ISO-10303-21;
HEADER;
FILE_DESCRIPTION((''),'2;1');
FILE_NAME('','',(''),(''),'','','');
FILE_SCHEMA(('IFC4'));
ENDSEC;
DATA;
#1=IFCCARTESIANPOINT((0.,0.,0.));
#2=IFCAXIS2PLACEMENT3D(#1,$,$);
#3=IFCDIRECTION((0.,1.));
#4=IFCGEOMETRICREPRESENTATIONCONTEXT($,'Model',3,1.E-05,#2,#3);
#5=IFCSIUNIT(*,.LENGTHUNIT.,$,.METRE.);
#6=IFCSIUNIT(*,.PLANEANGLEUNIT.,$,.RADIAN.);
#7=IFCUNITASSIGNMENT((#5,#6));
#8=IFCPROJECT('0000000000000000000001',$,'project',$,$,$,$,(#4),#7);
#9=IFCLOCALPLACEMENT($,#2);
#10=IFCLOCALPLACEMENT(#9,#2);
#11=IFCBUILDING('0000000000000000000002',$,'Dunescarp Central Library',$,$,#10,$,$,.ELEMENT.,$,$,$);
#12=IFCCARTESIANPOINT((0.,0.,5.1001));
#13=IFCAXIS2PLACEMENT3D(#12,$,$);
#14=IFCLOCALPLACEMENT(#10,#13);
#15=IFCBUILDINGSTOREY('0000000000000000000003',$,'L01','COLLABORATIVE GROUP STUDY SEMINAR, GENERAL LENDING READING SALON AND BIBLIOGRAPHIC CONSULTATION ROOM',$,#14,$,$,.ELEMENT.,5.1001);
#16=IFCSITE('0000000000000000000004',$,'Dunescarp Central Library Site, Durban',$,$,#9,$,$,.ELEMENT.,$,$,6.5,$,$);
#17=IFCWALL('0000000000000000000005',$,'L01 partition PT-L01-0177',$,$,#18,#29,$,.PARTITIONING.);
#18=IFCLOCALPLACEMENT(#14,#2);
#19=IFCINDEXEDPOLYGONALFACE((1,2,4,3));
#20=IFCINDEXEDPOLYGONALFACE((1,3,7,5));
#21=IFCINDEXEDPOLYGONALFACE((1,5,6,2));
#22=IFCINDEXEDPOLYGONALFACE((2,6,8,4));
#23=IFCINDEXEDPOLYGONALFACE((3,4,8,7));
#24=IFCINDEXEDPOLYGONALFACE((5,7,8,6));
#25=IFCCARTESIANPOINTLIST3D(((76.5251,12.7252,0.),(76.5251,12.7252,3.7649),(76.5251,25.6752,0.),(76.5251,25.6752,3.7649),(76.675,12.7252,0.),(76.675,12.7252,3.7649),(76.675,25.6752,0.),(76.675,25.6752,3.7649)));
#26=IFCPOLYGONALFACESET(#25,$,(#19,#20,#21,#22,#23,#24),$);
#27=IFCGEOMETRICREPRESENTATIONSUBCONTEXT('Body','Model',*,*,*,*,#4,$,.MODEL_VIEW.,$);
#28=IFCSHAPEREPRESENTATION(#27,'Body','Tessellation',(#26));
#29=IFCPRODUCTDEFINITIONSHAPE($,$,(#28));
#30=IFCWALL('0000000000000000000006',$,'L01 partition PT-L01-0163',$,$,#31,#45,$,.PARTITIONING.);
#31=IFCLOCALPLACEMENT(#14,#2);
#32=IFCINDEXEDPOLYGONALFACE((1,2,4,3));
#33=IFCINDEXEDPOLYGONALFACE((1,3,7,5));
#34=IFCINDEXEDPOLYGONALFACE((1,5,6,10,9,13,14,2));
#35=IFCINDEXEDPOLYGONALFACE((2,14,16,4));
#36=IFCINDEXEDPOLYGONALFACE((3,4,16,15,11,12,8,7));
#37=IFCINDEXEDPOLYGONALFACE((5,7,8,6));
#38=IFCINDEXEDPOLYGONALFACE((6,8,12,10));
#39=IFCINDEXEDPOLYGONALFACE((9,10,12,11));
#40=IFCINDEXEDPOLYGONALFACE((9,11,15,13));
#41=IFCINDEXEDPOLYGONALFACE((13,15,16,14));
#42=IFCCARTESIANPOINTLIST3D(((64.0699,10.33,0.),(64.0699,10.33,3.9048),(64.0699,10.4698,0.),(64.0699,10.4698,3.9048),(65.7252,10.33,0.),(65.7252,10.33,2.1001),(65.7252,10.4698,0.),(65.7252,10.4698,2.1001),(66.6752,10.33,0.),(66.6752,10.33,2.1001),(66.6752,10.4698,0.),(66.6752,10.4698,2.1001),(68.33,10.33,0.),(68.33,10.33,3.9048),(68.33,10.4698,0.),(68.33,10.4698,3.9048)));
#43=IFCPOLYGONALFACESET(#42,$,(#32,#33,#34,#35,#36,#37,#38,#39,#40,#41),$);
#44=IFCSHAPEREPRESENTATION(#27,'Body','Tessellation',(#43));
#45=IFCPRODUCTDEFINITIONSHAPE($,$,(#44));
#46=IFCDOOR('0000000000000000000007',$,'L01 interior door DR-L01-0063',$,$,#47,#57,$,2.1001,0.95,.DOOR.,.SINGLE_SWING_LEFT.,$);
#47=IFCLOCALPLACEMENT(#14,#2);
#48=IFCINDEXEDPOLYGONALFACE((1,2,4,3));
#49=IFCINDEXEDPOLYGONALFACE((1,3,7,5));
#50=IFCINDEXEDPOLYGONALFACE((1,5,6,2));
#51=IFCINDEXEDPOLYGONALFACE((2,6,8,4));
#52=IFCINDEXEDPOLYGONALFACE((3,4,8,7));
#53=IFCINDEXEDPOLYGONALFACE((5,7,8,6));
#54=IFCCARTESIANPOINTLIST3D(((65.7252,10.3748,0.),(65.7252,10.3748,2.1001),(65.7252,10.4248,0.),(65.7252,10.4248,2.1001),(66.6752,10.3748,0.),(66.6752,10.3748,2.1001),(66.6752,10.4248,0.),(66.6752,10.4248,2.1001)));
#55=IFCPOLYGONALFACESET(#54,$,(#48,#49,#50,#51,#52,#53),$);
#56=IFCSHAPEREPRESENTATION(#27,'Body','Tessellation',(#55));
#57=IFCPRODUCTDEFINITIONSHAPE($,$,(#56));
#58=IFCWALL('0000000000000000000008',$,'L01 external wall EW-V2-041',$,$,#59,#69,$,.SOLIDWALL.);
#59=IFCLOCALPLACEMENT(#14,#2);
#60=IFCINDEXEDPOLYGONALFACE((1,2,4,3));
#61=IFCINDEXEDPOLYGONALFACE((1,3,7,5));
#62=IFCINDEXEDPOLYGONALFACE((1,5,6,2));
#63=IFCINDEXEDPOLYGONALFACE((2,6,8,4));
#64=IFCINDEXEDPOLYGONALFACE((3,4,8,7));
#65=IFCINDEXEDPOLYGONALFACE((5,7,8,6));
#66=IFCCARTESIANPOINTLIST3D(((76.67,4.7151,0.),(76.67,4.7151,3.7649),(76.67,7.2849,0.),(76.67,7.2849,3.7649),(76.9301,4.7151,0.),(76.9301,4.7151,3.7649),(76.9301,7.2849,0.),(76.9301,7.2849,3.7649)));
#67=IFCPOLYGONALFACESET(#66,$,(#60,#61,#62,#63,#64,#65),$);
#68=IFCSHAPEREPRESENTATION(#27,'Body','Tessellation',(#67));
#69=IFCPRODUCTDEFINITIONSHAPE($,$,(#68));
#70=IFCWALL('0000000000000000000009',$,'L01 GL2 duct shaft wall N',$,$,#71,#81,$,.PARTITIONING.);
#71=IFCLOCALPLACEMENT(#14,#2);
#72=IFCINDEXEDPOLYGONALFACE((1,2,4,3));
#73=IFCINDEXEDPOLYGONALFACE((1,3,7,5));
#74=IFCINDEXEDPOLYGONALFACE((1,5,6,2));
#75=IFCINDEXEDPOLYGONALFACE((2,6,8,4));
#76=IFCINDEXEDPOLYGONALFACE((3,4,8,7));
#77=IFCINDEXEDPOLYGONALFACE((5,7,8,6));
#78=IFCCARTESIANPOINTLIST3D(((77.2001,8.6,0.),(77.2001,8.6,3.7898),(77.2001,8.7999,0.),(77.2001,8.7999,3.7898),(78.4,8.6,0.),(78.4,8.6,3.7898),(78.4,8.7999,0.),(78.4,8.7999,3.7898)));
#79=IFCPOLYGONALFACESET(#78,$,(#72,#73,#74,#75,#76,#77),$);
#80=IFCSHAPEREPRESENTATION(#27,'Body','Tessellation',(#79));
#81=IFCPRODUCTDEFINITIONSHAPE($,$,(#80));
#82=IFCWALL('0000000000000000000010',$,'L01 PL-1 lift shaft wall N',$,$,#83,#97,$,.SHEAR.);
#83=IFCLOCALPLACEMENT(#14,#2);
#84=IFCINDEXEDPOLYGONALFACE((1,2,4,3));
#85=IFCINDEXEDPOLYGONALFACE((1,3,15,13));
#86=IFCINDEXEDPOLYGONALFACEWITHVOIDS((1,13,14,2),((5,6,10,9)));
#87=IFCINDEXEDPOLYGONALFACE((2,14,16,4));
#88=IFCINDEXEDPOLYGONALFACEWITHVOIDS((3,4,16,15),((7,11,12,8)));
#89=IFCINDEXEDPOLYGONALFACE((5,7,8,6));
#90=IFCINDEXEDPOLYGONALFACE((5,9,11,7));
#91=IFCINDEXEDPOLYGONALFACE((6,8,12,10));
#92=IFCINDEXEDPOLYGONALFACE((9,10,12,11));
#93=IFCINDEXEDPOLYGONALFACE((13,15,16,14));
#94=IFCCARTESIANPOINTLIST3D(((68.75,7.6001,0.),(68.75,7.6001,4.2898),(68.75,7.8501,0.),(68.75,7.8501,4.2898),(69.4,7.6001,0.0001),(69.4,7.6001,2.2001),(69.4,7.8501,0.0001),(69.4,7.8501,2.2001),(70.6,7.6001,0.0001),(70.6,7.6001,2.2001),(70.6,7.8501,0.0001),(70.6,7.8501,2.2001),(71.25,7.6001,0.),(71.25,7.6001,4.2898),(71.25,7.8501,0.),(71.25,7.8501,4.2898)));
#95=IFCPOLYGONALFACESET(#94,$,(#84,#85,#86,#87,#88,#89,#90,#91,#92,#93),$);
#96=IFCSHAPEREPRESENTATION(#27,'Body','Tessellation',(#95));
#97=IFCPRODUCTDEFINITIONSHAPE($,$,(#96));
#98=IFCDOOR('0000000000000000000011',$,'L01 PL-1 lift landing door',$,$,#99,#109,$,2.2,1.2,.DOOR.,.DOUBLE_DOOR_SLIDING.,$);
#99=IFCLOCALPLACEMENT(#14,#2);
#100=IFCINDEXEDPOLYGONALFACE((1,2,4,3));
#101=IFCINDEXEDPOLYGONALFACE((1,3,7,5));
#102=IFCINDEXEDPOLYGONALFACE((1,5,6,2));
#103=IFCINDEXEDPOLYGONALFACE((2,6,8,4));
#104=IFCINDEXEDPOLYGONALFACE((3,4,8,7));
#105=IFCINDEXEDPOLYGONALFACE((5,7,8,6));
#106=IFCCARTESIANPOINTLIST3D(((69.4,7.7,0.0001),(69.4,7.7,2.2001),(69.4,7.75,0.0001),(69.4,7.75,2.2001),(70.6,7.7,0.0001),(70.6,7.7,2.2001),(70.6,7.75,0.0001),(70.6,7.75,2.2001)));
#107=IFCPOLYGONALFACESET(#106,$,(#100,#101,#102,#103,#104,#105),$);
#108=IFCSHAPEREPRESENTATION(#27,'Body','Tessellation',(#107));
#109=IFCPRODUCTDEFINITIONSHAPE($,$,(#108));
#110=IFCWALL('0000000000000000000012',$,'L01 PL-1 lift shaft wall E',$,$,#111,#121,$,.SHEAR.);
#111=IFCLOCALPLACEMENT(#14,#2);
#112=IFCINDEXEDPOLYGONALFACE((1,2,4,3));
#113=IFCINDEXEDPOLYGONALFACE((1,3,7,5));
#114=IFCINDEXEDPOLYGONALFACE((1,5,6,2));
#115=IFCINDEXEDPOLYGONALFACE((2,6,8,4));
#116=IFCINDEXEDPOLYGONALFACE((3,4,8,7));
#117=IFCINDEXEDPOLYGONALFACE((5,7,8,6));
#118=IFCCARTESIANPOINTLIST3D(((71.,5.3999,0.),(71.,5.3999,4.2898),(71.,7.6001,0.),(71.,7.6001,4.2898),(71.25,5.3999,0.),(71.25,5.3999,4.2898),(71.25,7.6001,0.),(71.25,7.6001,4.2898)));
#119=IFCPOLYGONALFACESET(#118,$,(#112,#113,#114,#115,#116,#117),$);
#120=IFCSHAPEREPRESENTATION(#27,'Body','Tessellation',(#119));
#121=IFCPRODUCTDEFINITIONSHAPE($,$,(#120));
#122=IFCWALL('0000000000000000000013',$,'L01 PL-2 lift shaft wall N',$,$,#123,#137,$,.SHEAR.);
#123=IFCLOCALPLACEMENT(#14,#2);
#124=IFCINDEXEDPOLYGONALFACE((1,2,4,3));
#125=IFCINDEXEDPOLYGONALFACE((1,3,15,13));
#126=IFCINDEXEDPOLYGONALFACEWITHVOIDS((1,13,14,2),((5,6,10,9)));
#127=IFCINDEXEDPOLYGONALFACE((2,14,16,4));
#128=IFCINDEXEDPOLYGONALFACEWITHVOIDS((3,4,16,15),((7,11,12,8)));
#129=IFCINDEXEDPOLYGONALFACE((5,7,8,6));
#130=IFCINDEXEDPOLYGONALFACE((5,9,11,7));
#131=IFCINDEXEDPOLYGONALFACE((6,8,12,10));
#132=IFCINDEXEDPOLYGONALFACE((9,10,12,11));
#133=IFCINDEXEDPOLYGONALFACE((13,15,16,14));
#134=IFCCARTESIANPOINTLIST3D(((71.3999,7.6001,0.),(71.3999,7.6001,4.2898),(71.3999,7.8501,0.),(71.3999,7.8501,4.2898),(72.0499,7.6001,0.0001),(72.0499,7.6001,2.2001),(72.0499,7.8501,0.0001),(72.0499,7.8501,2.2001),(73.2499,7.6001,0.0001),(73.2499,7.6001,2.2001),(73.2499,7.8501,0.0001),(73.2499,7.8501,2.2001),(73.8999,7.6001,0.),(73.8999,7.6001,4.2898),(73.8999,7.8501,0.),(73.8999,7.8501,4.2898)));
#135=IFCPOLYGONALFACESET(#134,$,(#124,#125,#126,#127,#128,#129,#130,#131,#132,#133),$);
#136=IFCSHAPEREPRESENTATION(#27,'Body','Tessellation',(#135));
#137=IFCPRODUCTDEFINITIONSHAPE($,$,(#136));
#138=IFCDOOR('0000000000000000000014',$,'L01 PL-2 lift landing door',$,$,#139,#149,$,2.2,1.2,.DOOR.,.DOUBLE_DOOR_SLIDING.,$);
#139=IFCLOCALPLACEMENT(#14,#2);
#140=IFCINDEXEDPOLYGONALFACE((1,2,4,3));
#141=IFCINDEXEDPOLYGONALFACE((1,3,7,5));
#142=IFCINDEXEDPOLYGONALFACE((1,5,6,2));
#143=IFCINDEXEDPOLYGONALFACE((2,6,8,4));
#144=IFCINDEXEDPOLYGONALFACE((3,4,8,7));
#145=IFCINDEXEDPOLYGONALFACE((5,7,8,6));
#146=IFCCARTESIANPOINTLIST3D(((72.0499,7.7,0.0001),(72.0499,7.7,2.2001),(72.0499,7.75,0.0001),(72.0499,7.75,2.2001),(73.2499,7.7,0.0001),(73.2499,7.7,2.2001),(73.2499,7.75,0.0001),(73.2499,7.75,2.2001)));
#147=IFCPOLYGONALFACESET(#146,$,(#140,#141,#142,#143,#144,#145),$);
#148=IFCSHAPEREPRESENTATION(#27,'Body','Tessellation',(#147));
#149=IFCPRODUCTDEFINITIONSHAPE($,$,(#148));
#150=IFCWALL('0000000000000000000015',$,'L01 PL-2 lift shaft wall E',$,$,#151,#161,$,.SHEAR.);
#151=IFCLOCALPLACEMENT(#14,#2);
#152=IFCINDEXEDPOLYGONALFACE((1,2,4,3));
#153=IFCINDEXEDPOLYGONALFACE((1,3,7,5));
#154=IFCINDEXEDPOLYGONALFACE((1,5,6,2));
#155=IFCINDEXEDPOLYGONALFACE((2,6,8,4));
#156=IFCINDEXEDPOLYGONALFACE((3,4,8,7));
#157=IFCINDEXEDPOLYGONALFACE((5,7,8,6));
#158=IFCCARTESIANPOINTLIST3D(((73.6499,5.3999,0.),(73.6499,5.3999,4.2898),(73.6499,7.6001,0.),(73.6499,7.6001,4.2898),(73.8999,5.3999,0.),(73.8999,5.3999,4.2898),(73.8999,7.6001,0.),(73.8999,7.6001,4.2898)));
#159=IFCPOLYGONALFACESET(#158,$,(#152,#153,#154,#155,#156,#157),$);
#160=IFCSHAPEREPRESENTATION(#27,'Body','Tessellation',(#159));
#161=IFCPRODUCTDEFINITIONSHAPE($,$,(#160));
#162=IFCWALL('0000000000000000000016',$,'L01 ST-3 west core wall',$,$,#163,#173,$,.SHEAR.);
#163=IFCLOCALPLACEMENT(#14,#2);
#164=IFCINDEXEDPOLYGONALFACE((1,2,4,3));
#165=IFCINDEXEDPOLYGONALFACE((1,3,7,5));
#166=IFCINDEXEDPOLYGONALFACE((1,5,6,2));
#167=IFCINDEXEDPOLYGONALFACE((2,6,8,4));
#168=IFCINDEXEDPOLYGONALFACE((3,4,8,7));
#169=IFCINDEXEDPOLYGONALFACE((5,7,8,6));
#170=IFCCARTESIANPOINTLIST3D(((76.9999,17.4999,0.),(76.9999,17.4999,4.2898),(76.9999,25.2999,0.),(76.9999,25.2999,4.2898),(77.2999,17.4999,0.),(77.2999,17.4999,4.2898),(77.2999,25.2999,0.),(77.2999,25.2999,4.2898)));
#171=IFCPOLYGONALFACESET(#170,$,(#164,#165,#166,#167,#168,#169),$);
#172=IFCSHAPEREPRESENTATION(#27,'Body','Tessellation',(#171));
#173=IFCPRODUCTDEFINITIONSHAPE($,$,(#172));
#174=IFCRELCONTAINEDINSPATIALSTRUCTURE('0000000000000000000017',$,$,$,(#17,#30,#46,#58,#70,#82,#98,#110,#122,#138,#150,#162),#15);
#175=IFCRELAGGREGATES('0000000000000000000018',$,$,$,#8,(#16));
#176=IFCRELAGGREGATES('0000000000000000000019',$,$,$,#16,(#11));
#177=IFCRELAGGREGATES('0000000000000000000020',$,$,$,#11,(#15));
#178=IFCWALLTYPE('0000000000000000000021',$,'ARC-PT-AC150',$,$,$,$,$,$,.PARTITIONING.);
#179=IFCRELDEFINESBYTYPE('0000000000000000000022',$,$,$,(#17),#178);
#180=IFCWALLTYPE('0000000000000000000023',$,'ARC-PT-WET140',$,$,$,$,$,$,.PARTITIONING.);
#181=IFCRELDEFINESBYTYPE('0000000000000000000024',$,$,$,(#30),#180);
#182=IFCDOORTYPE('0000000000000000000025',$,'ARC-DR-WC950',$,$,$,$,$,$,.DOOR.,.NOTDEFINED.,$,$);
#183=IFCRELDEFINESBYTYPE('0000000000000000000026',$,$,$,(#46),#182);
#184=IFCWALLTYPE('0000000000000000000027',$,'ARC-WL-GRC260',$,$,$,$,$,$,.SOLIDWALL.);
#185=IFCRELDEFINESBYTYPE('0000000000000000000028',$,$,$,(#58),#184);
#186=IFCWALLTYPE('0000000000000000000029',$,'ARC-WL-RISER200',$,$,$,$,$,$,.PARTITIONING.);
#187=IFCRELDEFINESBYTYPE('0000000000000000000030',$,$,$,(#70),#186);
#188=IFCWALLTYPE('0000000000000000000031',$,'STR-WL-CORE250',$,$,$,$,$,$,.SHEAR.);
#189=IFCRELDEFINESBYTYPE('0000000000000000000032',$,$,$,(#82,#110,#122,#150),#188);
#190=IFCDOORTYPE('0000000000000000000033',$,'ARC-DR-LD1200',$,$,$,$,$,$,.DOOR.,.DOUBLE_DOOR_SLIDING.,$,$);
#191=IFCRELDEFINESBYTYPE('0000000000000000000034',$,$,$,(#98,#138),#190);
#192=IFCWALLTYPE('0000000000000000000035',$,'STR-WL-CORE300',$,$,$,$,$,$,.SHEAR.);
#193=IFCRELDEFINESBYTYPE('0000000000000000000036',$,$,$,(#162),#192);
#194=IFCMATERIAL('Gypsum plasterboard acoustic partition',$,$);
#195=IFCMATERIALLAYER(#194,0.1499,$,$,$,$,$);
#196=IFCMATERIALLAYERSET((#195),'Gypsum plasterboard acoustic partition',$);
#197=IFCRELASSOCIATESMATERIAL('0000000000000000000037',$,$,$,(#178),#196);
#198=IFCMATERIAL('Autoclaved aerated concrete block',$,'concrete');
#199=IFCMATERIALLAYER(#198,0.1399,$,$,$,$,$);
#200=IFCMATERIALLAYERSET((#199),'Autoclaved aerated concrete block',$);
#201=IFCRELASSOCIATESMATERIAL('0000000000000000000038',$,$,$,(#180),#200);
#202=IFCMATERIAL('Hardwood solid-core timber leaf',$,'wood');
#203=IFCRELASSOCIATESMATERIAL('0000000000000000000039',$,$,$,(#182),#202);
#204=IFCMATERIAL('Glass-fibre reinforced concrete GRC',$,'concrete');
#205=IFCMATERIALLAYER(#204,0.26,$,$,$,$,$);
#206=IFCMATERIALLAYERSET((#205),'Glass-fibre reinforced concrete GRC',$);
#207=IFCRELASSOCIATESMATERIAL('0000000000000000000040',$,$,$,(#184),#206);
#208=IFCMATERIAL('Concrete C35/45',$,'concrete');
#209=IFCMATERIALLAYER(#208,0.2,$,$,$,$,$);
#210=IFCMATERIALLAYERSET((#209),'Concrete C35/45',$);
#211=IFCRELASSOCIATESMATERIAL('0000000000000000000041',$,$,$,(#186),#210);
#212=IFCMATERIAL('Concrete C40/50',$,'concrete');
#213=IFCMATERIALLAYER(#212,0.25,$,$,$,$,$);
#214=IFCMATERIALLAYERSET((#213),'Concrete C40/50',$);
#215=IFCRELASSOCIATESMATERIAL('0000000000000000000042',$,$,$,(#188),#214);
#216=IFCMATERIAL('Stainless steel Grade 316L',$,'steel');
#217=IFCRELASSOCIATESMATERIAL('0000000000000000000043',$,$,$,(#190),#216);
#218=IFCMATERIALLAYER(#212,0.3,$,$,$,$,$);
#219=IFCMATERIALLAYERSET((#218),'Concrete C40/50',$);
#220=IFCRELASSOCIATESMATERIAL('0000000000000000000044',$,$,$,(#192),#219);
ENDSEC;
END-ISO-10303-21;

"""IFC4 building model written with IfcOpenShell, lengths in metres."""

from ifc_helpers import new_model, si_unit, direction, frame, frame_2d, origin, place, context, subcontext, project, spatial, rectangle, extrude, material, layer, layer_set, type_object, element, fill, save


model = new_model("IFC4")

# Units and contexts
model_context = context("Model", 3, precision=1e-05, world=origin(), true_north=direction((0.0, 1.0)))
body_context = subcontext(model_context, "Body", "Model", "MODEL_VIEW")
ifc_project = project(units=[si_unit("LENGTHUNIT", "METRE"), si_unit("PLANEANGLEUNIT", "RADIAN")], contexts=[model_context])

# Site, building, storey
site_placement = place(None, origin())
site = spatial("IfcSite", under=ifc_project, at=site_placement, Name="Dunescarp Central Library Site, Durban", CompositionType="ELEMENT", RefElevation=6.5)
building_placement = place(site_placement, origin())
building = spatial("IfcBuilding", under=site, at=building_placement, Name="Dunescarp Central Library", CompositionType="ELEMENT")
storey_placement = place(building_placement, frame((0.0, 0.0, 5.1001)))
storey = spatial("IfcBuildingStorey", under=building, at=storey_placement, Name="L01", Description="COLLABORATIVE GROUP STUDY SEMINAR, GENERAL LENDING READING SALON AND BIBLIOGRAPHIC CONSULTATION ROOM", CompositionType="ELEMENT", Elevation=5.1001)

# Shared definitions
ifc_material_1 = material(Name="Gypsum plasterboard acoustic partition")
ifc_layer_1 = layer(ifc_material_1, 0.1499)
ifc_layer_set_1 = layer_set([ifc_layer_1], Name="Gypsum plasterboard acoustic partition")
wall_type_1 = type_object("IfcWallType", Name="ARC-PT-AC150", PredefinedType="PARTITIONING", material=ifc_layer_set_1)

# Shared definitions
ifc_material_2 = material(Name="Hardwood solid-core timber leaf", Category="wood")

# Wall
wall_1_placement = place(storey_placement, frame((76.6001, 12.7251, 0.0), z_axis=(0.0, 0.0, 1.0), x_axis=(0.0, 1.0, 0.0)))
element("IfcWall", 1, at=wall_1_placement, inside=storey, type_object=wall_type_1, Name="L01 partition PT-L01-0177", PredefinedType="PARTITIONING", context=body_context, shape_type="SweptSolid", body=[
    extrude(rectangle(XDim=12.95, YDim=0.1499, at=frame_2d((6.4751, 0.0))), origin(), (0.0, 0.0, 1.0), 3.7649),
])

# Wall, opening, door
ifc_material_3 = material(Name="Autoclaved aerated concrete block", Category="concrete")
ifc_layer_2 = layer(ifc_material_3, 0.1399)
ifc_layer_set_2 = layer_set([ifc_layer_2], Name="Autoclaved aerated concrete block")
wall_type_2 = type_object("IfcWallType", Name="ARC-PT-WET140", PredefinedType="PARTITIONING", material=ifc_layer_set_2)
wall_2_placement = place(storey_placement, frame((64.0701, 10.3999, 0.0), z_axis=(0.0, 0.0, 1.0), x_axis=(1.0, 0.0, 0.0)))
wall_2 = element("IfcWall", 2, at=wall_2_placement, inside=storey, type_object=wall_type_2, Name="L01 partition PT-L01-0163", PredefinedType="PARTITIONING", context=body_context, shape_type="SweptSolid", body=[
    extrude(rectangle(XDim=4.26, YDim=0.1399, at=frame_2d((2.1299, 0.0))), origin(), (0.0, 0.0, 1.0), 3.9048),
])
opening_1_placement = place(wall_2_placement, frame((1.655, 0.0, 0.0)))
opening_1 = element("IfcOpeningElement", 3, at=opening_1_placement, cuts=wall_2, PredefinedType="OPENING", context=body_context, shape_type="SweptSolid", body=[
    extrude(rectangle(XDim=0.95, YDim=2.1001, at=frame_2d((0.4751, 1.05))), frame((0.0, 0.0801, 0.0), z_axis=(0.0, -1.0, 0.0), x_axis=(1.0, 0.0, 0.0)), (0.0, 0.0, 1.0), 0.1599),
])
door_type_1 = type_object("IfcDoorType", Name="ARC-DR-WC950", OperationType="NOTDEFINED", PredefinedType="DOOR", material=ifc_material_2)
door_1_placement = place(opening_1_placement, origin())
door_1 = element("IfcDoor", 4, at=door_1_placement, inside=storey, type_object=door_type_1, Name="L01 interior door DR-L01-0063", OperationType="SINGLE_SWING_LEFT", OverallHeight=2.1001, OverallWidth=0.95, PredefinedType="DOOR", context=body_context, shape_type="SweptSolid", body=[
    extrude(rectangle(XDim=0.95, YDim=2.1001, at=frame_2d((0.4751, 1.05))), frame((0.0, 0.0249, 0.0), z_axis=(0.0, -1.0, 0.0), x_axis=(1.0, 0.0, 0.0)), (0.0, 0.0, 1.0), 0.05),
])
fill(opening_1, door_1)

# Walls
ifc_material_4 = material(Name="Glass-fibre reinforced concrete GRC", Category="concrete")
ifc_layer_3 = layer(ifc_material_4, 0.26)
ifc_layer_set_3 = layer_set([ifc_layer_3], Name="Glass-fibre reinforced concrete GRC")
wall_type_3 = type_object("IfcWallType", Name="ARC-WL-GRC260", PredefinedType="SOLIDWALL", material=ifc_layer_set_3)
wall_3_placement = place(storey_placement, frame((76.8, 7.2849, 0.0), z_axis=(0.0, 0.0, 1.0), x_axis=(0.0, -1.0, 0.0)))
element("IfcWall", 5, at=wall_3_placement, inside=storey, type_object=wall_type_3, Name="L01 external wall EW-V2-041", PredefinedType="SOLIDWALL", context=body_context, shape_type="SweptSolid", body=[
    extrude(rectangle(XDim=2.5698, YDim=0.26, at=frame_2d((1.2849, 0.0))), origin(), (0.0, 0.0, 1.0), 3.7649),
])
ifc_material_5 = material(Name="Concrete C35/45", Category="concrete")
ifc_layer_4 = layer(ifc_material_5, 0.2)
ifc_layer_set_4 = layer_set([ifc_layer_4], Name="Concrete C35/45")
wall_type_4 = type_object("IfcWallType", Name="ARC-WL-RISER200", PredefinedType="PARTITIONING", material=ifc_layer_set_4)
wall_4_placement = place(storey_placement, frame((77.2, 8.7, 0.0), z_axis=(0.0, 0.0, 1.0), x_axis=(1.0, 0.0, 0.0)))
element("IfcWall", 6, at=wall_4_placement, inside=storey, type_object=wall_type_4, Name="L01 GL2 duct shaft wall N", PredefinedType="PARTITIONING", context=body_context, shape_type="SweptSolid", body=[
    extrude(rectangle(XDim=1.2, YDim=0.2, at=frame_2d((0.6001, 0.0))), origin(), (0.0, 0.0, 1.0), 3.7898),
])

# Wall, opening, door
ifc_material_6 = material(Name="Concrete C40/50", Category="concrete")
ifc_layer_5 = layer(ifc_material_6, 0.25)
ifc_layer_set_5 = layer_set([ifc_layer_5], Name="Concrete C40/50")
wall_type_5 = type_object("IfcWallType", Name="STR-WL-CORE250", PredefinedType="SHEAR", material=ifc_layer_set_5)
wall_5_placement = place(storey_placement, frame((68.75, 7.7251, 0.0), z_axis=(0.0, 0.0, 1.0), x_axis=(1.0, 0.0, 0.0)))
wall_5 = element("IfcWall", 7, at=wall_5_placement, inside=storey, type_object=wall_type_5, Name="L01 PL-1 lift shaft wall N", PredefinedType="SHEAR", context=body_context, shape_type="SweptSolid", body=[
    extrude(rectangle(XDim=2.5, YDim=0.25, at=frame_2d((1.25, 0.0))), origin(), (0.0, 0.0, 1.0), 4.2898),
])
opening_2_placement = place(wall_5_placement, frame((0.6499, 0.0, 0.0)))
opening_2 = element("IfcOpeningElement", 8, at=opening_2_placement, cuts=wall_5, PredefinedType="OPENING", context=body_context, shape_type="SweptSolid", body=[
    extrude(rectangle(XDim=1.2, YDim=2.2, at=frame_2d((0.6001, 1.1001))), frame((0.0, 0.135, 0.0), z_axis=(0.0, -1.0, 0.0), x_axis=(1.0, 0.0, 0.0)), (0.0, 0.0, 1.0), 0.27),
])
ifc_material_7 = material(Name="Stainless steel Grade 316L", Category="steel")
door_type_2 = type_object("IfcDoorType", Name="ARC-DR-LD1200", OperationType="DOUBLE_DOOR_SLIDING", PredefinedType="DOOR", material=ifc_material_7)
door_2_placement = place(opening_2_placement, origin())
door_2 = element("IfcDoor", 9, at=door_2_placement, inside=storey, type_object=door_type_2, Name="L01 PL-1 lift landing door", OperationType="DOUBLE_DOOR_SLIDING", OverallHeight=2.2, OverallWidth=1.2, PredefinedType="DOOR", context=body_context, shape_type="SweptSolid", body=[
    extrude(rectangle(XDim=1.2, YDim=2.2, at=frame_2d((0.6001, 1.1001))), frame((0.0, 0.0249, 0.0), z_axis=(0.0, -1.0, 0.0), x_axis=(1.0, 0.0, 0.0)), (0.0, 0.0, 1.0), 0.05),
])
fill(opening_2, door_2)

# Wall
wall_6_placement = place(storey_placement, frame((71.125, 7.6001, 0.0), z_axis=(0.0, 0.0, 1.0), x_axis=(0.0, -1.0, 0.0)))
element("IfcWall", 10, at=wall_6_placement, inside=storey, type_object=wall_type_5, Name="L01 PL-1 lift shaft wall E", PredefinedType="SHEAR", context=body_context, shape_type="SweptSolid", body=[
    extrude(rectangle(XDim=2.2002, YDim=0.25, at=frame_2d((1.1001, 0.0))), origin(), (0.0, 0.0, 1.0), 4.2898),
])

# Wall, opening, door
wall_7_placement = place(storey_placement, frame((71.3999, 7.7251, 0.0), z_axis=(0.0, 0.0, 1.0), x_axis=(1.0, 0.0, 0.0)))
wall_7 = element("IfcWall", 11, at=wall_7_placement, inside=storey, type_object=wall_type_5, Name="L01 PL-2 lift shaft wall N", PredefinedType="SHEAR", context=body_context, shape_type="SweptSolid", body=[
    extrude(rectangle(XDim=2.5, YDim=0.25, at=frame_2d((1.25, 0.0))), origin(), (0.0, 0.0, 1.0), 4.2898),
])
opening_3_placement = place(wall_7_placement, frame((0.6499, 0.0, 0.0)))
opening_3 = element("IfcOpeningElement", 12, at=opening_3_placement, cuts=wall_7, PredefinedType="OPENING", context=body_context, shape_type="SweptSolid", body=[
    extrude(rectangle(XDim=1.2, YDim=2.2, at=frame_2d((0.6001, 1.1001))), frame((0.0, 0.135, 0.0), z_axis=(0.0, -1.0, 0.0), x_axis=(1.0, 0.0, 0.0)), (0.0, 0.0, 1.0), 0.27),
])
door_3_placement = place(opening_3_placement, origin())
door_3 = element("IfcDoor", 13, at=door_3_placement, inside=storey, type_object=door_type_2, Name="L01 PL-2 lift landing door", OperationType="DOUBLE_DOOR_SLIDING", OverallHeight=2.2, OverallWidth=1.2, PredefinedType="DOOR", context=body_context, shape_type="SweptSolid", body=[
    extrude(rectangle(XDim=1.2, YDim=2.2, at=frame_2d((0.6001, 1.1001))), frame((0.0, 0.0249, 0.0), z_axis=(0.0, -1.0, 0.0), x_axis=(1.0, 0.0, 0.0)), (0.0, 0.0, 1.0), 0.05),
])
fill(opening_3, door_3)

# Walls
wall_8_placement = place(storey_placement, frame((73.7749, 7.6001, 0.0), z_axis=(0.0, 0.0, 1.0), x_axis=(0.0, -1.0, 0.0)))
element("IfcWall", 14, at=wall_8_placement, inside=storey, type_object=wall_type_5, Name="L01 PL-2 lift shaft wall E", PredefinedType="SHEAR", context=body_context, shape_type="SweptSolid", body=[
    extrude(rectangle(XDim=2.2002, YDim=0.25, at=frame_2d((1.1001, 0.0))), origin(), (0.0, 0.0, 1.0), 4.2898),
])
ifc_layer_6 = layer(ifc_material_6, 0.3)
ifc_layer_set_6 = layer_set([ifc_layer_6], Name="Concrete C40/50")
wall_type_6 = type_object("IfcWallType", Name="STR-WL-CORE300", PredefinedType="SHEAR", material=ifc_layer_set_6)
wall_9_placement = place(storey_placement, frame((77.1499, 17.5, 0.0), z_axis=(0.0, 0.0, 1.0), x_axis=(0.0, 1.0, 0.0)))
element("IfcWall", 15, at=wall_9_placement, inside=storey, type_object=wall_type_6, Name="L01 ST-3 west core wall", PredefinedType="SHEAR", context=body_context, shape_type="SweptSolid", body=[
    extrude(rectangle(XDim=7.8, YDim=0.3, at=frame_2d((3.8999, 0.0))), origin(), (0.0, 0.0, 1.0), 4.2898),
])

save(model, "model.ifc")
